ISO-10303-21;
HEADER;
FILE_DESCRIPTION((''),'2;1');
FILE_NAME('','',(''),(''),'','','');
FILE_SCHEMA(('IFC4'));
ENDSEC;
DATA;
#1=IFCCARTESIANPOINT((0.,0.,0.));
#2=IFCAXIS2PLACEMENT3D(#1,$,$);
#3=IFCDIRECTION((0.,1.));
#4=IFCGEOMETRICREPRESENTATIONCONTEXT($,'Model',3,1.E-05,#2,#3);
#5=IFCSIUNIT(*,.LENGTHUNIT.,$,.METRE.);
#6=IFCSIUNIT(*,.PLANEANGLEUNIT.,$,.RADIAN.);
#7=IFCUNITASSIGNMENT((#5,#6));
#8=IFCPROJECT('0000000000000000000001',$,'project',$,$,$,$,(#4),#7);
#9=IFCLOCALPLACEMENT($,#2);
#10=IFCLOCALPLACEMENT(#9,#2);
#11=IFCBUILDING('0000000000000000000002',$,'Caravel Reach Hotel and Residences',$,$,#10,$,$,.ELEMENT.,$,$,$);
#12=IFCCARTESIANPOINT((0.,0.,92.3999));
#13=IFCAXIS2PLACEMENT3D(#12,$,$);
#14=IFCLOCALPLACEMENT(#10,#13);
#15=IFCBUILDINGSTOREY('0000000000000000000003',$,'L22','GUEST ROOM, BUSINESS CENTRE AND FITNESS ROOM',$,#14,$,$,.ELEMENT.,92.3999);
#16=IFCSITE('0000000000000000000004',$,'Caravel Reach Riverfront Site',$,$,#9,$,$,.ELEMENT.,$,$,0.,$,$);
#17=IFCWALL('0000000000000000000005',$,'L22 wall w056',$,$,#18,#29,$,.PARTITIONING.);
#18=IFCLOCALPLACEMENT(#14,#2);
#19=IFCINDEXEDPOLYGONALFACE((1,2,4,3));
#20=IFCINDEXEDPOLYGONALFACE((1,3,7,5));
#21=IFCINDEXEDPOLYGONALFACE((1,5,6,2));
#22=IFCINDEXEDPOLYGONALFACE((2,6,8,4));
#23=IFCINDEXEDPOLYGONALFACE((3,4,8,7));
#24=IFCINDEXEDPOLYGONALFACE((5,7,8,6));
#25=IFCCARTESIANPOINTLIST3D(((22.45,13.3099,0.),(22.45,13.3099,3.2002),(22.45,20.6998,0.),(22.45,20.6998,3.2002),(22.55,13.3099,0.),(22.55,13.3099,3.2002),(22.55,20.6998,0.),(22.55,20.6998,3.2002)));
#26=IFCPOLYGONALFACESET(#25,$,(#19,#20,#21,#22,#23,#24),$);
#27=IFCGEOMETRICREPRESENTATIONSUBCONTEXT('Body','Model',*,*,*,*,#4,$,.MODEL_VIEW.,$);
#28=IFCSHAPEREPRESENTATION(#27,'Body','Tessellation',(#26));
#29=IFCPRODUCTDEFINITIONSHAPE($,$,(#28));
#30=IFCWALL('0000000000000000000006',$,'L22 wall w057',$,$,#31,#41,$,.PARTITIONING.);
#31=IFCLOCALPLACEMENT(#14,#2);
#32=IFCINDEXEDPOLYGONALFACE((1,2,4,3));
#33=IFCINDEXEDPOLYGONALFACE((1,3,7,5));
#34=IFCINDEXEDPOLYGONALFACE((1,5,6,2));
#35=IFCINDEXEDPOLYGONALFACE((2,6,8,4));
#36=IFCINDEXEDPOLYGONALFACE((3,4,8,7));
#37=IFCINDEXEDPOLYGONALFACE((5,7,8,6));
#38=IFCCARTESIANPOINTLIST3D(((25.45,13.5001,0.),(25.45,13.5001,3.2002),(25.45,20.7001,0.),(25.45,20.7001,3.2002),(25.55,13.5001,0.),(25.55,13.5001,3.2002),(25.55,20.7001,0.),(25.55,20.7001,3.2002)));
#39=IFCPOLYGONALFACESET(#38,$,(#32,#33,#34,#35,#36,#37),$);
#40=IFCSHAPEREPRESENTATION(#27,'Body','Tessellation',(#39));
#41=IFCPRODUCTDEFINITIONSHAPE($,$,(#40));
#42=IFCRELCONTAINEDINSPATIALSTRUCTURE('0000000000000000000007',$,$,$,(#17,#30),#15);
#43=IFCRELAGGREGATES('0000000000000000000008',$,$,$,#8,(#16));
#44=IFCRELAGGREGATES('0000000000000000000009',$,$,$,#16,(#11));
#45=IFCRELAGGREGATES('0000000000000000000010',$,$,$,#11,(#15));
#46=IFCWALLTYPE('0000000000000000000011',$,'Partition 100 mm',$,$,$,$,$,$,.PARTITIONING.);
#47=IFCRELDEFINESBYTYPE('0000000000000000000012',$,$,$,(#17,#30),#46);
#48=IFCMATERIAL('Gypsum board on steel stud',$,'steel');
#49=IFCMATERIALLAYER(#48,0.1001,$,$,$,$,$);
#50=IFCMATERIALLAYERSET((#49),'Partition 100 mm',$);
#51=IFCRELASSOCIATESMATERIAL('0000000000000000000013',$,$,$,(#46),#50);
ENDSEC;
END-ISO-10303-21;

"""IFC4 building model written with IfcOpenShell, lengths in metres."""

from ifc_helpers import new_model, si_unit, direction, frame, frame_2d, origin, place, context, subcontext, project, spatial, rectangle, extrude, material, layer, layer_set, type_object, element, save


model = new_model("IFC4")

# Units and contexts
model_context = context("Model", 3, precision=1e-05, world=origin(), true_north=direction((0.0, 1.0)))
body_context = subcontext(model_context, "Body", "Model", "MODEL_VIEW")
ifc_project = project(units=[si_unit("LENGTHUNIT", "METRE"), si_unit("PLANEANGLEUNIT", "RADIAN")], contexts=[model_context])

# Site, building, storey
site_placement = place(None, origin())
site = spatial("IfcSite", under=ifc_project, at=site_placement, Name="Caravel Reach Riverfront Site", CompositionType="ELEMENT", RefElevation=0.0)
building_placement = place(site_placement, origin())
building = spatial("IfcBuilding", under=site, at=building_placement, Name="Caravel Reach Hotel and Residences", CompositionType="ELEMENT")
storey_placement = place(building_placement, frame((0.0, 0.0, 92.3999)))
storey = spatial("IfcBuildingStorey", under=building, at=storey_placement, Name="L22", Description="GUEST ROOM, BUSINESS CENTRE AND FITNESS ROOM", CompositionType="ELEMENT", Elevation=92.3999)

# Walls
ifc_material_1 = material(Name="Gypsum board on steel stud", Category="steel")
ifc_layer_1 = layer(ifc_material_1, 0.1001)
ifc_layer_set_1 = layer_set([ifc_layer_1], Name="Partition 100 mm")
wall_type_1 = type_object("IfcWallType", Name="Partition 100 mm", PredefinedType="PARTITIONING", material=ifc_layer_set_1)
wall_1_placement = place(storey_placement, frame((22.5, 13.3101, 0.0), z_axis=(0.0, 0.0, 1.0), x_axis=(0.0, 1.0, 0.0)))
element("IfcWall", 1, at=wall_1_placement, inside=storey, type_object=wall_type_1, Name="L22 wall w056", PredefinedType="PARTITIONING", context=body_context, shape_type="SweptSolid", body=[
    extrude(rectangle(XDim=7.3899, YDim=0.1001, at=frame_2d((3.6948, 0.0))), origin(), (0.0, 0.0, 1.0), 3.2002),
])
wall_2_placement = place(storey_placement, frame((25.5, 13.5, 0.0), z_axis=(0.0, 0.0, 1.0), x_axis=(0.0, 1.0, 0.0)))
element("IfcWall", 2, at=wall_2_placement, inside=storey, type_object=wall_type_1, Name="L22 wall w057", PredefinedType="PARTITIONING", context=body_context, shape_type="SweptSolid", body=[
    extrude(rectangle(XDim=7.2, YDim=0.1001, at=frame_2d((3.6001, 0.0))), origin(), (0.0, 0.0, 1.0), 3.2002),
])

save(model, "model.ifc")
